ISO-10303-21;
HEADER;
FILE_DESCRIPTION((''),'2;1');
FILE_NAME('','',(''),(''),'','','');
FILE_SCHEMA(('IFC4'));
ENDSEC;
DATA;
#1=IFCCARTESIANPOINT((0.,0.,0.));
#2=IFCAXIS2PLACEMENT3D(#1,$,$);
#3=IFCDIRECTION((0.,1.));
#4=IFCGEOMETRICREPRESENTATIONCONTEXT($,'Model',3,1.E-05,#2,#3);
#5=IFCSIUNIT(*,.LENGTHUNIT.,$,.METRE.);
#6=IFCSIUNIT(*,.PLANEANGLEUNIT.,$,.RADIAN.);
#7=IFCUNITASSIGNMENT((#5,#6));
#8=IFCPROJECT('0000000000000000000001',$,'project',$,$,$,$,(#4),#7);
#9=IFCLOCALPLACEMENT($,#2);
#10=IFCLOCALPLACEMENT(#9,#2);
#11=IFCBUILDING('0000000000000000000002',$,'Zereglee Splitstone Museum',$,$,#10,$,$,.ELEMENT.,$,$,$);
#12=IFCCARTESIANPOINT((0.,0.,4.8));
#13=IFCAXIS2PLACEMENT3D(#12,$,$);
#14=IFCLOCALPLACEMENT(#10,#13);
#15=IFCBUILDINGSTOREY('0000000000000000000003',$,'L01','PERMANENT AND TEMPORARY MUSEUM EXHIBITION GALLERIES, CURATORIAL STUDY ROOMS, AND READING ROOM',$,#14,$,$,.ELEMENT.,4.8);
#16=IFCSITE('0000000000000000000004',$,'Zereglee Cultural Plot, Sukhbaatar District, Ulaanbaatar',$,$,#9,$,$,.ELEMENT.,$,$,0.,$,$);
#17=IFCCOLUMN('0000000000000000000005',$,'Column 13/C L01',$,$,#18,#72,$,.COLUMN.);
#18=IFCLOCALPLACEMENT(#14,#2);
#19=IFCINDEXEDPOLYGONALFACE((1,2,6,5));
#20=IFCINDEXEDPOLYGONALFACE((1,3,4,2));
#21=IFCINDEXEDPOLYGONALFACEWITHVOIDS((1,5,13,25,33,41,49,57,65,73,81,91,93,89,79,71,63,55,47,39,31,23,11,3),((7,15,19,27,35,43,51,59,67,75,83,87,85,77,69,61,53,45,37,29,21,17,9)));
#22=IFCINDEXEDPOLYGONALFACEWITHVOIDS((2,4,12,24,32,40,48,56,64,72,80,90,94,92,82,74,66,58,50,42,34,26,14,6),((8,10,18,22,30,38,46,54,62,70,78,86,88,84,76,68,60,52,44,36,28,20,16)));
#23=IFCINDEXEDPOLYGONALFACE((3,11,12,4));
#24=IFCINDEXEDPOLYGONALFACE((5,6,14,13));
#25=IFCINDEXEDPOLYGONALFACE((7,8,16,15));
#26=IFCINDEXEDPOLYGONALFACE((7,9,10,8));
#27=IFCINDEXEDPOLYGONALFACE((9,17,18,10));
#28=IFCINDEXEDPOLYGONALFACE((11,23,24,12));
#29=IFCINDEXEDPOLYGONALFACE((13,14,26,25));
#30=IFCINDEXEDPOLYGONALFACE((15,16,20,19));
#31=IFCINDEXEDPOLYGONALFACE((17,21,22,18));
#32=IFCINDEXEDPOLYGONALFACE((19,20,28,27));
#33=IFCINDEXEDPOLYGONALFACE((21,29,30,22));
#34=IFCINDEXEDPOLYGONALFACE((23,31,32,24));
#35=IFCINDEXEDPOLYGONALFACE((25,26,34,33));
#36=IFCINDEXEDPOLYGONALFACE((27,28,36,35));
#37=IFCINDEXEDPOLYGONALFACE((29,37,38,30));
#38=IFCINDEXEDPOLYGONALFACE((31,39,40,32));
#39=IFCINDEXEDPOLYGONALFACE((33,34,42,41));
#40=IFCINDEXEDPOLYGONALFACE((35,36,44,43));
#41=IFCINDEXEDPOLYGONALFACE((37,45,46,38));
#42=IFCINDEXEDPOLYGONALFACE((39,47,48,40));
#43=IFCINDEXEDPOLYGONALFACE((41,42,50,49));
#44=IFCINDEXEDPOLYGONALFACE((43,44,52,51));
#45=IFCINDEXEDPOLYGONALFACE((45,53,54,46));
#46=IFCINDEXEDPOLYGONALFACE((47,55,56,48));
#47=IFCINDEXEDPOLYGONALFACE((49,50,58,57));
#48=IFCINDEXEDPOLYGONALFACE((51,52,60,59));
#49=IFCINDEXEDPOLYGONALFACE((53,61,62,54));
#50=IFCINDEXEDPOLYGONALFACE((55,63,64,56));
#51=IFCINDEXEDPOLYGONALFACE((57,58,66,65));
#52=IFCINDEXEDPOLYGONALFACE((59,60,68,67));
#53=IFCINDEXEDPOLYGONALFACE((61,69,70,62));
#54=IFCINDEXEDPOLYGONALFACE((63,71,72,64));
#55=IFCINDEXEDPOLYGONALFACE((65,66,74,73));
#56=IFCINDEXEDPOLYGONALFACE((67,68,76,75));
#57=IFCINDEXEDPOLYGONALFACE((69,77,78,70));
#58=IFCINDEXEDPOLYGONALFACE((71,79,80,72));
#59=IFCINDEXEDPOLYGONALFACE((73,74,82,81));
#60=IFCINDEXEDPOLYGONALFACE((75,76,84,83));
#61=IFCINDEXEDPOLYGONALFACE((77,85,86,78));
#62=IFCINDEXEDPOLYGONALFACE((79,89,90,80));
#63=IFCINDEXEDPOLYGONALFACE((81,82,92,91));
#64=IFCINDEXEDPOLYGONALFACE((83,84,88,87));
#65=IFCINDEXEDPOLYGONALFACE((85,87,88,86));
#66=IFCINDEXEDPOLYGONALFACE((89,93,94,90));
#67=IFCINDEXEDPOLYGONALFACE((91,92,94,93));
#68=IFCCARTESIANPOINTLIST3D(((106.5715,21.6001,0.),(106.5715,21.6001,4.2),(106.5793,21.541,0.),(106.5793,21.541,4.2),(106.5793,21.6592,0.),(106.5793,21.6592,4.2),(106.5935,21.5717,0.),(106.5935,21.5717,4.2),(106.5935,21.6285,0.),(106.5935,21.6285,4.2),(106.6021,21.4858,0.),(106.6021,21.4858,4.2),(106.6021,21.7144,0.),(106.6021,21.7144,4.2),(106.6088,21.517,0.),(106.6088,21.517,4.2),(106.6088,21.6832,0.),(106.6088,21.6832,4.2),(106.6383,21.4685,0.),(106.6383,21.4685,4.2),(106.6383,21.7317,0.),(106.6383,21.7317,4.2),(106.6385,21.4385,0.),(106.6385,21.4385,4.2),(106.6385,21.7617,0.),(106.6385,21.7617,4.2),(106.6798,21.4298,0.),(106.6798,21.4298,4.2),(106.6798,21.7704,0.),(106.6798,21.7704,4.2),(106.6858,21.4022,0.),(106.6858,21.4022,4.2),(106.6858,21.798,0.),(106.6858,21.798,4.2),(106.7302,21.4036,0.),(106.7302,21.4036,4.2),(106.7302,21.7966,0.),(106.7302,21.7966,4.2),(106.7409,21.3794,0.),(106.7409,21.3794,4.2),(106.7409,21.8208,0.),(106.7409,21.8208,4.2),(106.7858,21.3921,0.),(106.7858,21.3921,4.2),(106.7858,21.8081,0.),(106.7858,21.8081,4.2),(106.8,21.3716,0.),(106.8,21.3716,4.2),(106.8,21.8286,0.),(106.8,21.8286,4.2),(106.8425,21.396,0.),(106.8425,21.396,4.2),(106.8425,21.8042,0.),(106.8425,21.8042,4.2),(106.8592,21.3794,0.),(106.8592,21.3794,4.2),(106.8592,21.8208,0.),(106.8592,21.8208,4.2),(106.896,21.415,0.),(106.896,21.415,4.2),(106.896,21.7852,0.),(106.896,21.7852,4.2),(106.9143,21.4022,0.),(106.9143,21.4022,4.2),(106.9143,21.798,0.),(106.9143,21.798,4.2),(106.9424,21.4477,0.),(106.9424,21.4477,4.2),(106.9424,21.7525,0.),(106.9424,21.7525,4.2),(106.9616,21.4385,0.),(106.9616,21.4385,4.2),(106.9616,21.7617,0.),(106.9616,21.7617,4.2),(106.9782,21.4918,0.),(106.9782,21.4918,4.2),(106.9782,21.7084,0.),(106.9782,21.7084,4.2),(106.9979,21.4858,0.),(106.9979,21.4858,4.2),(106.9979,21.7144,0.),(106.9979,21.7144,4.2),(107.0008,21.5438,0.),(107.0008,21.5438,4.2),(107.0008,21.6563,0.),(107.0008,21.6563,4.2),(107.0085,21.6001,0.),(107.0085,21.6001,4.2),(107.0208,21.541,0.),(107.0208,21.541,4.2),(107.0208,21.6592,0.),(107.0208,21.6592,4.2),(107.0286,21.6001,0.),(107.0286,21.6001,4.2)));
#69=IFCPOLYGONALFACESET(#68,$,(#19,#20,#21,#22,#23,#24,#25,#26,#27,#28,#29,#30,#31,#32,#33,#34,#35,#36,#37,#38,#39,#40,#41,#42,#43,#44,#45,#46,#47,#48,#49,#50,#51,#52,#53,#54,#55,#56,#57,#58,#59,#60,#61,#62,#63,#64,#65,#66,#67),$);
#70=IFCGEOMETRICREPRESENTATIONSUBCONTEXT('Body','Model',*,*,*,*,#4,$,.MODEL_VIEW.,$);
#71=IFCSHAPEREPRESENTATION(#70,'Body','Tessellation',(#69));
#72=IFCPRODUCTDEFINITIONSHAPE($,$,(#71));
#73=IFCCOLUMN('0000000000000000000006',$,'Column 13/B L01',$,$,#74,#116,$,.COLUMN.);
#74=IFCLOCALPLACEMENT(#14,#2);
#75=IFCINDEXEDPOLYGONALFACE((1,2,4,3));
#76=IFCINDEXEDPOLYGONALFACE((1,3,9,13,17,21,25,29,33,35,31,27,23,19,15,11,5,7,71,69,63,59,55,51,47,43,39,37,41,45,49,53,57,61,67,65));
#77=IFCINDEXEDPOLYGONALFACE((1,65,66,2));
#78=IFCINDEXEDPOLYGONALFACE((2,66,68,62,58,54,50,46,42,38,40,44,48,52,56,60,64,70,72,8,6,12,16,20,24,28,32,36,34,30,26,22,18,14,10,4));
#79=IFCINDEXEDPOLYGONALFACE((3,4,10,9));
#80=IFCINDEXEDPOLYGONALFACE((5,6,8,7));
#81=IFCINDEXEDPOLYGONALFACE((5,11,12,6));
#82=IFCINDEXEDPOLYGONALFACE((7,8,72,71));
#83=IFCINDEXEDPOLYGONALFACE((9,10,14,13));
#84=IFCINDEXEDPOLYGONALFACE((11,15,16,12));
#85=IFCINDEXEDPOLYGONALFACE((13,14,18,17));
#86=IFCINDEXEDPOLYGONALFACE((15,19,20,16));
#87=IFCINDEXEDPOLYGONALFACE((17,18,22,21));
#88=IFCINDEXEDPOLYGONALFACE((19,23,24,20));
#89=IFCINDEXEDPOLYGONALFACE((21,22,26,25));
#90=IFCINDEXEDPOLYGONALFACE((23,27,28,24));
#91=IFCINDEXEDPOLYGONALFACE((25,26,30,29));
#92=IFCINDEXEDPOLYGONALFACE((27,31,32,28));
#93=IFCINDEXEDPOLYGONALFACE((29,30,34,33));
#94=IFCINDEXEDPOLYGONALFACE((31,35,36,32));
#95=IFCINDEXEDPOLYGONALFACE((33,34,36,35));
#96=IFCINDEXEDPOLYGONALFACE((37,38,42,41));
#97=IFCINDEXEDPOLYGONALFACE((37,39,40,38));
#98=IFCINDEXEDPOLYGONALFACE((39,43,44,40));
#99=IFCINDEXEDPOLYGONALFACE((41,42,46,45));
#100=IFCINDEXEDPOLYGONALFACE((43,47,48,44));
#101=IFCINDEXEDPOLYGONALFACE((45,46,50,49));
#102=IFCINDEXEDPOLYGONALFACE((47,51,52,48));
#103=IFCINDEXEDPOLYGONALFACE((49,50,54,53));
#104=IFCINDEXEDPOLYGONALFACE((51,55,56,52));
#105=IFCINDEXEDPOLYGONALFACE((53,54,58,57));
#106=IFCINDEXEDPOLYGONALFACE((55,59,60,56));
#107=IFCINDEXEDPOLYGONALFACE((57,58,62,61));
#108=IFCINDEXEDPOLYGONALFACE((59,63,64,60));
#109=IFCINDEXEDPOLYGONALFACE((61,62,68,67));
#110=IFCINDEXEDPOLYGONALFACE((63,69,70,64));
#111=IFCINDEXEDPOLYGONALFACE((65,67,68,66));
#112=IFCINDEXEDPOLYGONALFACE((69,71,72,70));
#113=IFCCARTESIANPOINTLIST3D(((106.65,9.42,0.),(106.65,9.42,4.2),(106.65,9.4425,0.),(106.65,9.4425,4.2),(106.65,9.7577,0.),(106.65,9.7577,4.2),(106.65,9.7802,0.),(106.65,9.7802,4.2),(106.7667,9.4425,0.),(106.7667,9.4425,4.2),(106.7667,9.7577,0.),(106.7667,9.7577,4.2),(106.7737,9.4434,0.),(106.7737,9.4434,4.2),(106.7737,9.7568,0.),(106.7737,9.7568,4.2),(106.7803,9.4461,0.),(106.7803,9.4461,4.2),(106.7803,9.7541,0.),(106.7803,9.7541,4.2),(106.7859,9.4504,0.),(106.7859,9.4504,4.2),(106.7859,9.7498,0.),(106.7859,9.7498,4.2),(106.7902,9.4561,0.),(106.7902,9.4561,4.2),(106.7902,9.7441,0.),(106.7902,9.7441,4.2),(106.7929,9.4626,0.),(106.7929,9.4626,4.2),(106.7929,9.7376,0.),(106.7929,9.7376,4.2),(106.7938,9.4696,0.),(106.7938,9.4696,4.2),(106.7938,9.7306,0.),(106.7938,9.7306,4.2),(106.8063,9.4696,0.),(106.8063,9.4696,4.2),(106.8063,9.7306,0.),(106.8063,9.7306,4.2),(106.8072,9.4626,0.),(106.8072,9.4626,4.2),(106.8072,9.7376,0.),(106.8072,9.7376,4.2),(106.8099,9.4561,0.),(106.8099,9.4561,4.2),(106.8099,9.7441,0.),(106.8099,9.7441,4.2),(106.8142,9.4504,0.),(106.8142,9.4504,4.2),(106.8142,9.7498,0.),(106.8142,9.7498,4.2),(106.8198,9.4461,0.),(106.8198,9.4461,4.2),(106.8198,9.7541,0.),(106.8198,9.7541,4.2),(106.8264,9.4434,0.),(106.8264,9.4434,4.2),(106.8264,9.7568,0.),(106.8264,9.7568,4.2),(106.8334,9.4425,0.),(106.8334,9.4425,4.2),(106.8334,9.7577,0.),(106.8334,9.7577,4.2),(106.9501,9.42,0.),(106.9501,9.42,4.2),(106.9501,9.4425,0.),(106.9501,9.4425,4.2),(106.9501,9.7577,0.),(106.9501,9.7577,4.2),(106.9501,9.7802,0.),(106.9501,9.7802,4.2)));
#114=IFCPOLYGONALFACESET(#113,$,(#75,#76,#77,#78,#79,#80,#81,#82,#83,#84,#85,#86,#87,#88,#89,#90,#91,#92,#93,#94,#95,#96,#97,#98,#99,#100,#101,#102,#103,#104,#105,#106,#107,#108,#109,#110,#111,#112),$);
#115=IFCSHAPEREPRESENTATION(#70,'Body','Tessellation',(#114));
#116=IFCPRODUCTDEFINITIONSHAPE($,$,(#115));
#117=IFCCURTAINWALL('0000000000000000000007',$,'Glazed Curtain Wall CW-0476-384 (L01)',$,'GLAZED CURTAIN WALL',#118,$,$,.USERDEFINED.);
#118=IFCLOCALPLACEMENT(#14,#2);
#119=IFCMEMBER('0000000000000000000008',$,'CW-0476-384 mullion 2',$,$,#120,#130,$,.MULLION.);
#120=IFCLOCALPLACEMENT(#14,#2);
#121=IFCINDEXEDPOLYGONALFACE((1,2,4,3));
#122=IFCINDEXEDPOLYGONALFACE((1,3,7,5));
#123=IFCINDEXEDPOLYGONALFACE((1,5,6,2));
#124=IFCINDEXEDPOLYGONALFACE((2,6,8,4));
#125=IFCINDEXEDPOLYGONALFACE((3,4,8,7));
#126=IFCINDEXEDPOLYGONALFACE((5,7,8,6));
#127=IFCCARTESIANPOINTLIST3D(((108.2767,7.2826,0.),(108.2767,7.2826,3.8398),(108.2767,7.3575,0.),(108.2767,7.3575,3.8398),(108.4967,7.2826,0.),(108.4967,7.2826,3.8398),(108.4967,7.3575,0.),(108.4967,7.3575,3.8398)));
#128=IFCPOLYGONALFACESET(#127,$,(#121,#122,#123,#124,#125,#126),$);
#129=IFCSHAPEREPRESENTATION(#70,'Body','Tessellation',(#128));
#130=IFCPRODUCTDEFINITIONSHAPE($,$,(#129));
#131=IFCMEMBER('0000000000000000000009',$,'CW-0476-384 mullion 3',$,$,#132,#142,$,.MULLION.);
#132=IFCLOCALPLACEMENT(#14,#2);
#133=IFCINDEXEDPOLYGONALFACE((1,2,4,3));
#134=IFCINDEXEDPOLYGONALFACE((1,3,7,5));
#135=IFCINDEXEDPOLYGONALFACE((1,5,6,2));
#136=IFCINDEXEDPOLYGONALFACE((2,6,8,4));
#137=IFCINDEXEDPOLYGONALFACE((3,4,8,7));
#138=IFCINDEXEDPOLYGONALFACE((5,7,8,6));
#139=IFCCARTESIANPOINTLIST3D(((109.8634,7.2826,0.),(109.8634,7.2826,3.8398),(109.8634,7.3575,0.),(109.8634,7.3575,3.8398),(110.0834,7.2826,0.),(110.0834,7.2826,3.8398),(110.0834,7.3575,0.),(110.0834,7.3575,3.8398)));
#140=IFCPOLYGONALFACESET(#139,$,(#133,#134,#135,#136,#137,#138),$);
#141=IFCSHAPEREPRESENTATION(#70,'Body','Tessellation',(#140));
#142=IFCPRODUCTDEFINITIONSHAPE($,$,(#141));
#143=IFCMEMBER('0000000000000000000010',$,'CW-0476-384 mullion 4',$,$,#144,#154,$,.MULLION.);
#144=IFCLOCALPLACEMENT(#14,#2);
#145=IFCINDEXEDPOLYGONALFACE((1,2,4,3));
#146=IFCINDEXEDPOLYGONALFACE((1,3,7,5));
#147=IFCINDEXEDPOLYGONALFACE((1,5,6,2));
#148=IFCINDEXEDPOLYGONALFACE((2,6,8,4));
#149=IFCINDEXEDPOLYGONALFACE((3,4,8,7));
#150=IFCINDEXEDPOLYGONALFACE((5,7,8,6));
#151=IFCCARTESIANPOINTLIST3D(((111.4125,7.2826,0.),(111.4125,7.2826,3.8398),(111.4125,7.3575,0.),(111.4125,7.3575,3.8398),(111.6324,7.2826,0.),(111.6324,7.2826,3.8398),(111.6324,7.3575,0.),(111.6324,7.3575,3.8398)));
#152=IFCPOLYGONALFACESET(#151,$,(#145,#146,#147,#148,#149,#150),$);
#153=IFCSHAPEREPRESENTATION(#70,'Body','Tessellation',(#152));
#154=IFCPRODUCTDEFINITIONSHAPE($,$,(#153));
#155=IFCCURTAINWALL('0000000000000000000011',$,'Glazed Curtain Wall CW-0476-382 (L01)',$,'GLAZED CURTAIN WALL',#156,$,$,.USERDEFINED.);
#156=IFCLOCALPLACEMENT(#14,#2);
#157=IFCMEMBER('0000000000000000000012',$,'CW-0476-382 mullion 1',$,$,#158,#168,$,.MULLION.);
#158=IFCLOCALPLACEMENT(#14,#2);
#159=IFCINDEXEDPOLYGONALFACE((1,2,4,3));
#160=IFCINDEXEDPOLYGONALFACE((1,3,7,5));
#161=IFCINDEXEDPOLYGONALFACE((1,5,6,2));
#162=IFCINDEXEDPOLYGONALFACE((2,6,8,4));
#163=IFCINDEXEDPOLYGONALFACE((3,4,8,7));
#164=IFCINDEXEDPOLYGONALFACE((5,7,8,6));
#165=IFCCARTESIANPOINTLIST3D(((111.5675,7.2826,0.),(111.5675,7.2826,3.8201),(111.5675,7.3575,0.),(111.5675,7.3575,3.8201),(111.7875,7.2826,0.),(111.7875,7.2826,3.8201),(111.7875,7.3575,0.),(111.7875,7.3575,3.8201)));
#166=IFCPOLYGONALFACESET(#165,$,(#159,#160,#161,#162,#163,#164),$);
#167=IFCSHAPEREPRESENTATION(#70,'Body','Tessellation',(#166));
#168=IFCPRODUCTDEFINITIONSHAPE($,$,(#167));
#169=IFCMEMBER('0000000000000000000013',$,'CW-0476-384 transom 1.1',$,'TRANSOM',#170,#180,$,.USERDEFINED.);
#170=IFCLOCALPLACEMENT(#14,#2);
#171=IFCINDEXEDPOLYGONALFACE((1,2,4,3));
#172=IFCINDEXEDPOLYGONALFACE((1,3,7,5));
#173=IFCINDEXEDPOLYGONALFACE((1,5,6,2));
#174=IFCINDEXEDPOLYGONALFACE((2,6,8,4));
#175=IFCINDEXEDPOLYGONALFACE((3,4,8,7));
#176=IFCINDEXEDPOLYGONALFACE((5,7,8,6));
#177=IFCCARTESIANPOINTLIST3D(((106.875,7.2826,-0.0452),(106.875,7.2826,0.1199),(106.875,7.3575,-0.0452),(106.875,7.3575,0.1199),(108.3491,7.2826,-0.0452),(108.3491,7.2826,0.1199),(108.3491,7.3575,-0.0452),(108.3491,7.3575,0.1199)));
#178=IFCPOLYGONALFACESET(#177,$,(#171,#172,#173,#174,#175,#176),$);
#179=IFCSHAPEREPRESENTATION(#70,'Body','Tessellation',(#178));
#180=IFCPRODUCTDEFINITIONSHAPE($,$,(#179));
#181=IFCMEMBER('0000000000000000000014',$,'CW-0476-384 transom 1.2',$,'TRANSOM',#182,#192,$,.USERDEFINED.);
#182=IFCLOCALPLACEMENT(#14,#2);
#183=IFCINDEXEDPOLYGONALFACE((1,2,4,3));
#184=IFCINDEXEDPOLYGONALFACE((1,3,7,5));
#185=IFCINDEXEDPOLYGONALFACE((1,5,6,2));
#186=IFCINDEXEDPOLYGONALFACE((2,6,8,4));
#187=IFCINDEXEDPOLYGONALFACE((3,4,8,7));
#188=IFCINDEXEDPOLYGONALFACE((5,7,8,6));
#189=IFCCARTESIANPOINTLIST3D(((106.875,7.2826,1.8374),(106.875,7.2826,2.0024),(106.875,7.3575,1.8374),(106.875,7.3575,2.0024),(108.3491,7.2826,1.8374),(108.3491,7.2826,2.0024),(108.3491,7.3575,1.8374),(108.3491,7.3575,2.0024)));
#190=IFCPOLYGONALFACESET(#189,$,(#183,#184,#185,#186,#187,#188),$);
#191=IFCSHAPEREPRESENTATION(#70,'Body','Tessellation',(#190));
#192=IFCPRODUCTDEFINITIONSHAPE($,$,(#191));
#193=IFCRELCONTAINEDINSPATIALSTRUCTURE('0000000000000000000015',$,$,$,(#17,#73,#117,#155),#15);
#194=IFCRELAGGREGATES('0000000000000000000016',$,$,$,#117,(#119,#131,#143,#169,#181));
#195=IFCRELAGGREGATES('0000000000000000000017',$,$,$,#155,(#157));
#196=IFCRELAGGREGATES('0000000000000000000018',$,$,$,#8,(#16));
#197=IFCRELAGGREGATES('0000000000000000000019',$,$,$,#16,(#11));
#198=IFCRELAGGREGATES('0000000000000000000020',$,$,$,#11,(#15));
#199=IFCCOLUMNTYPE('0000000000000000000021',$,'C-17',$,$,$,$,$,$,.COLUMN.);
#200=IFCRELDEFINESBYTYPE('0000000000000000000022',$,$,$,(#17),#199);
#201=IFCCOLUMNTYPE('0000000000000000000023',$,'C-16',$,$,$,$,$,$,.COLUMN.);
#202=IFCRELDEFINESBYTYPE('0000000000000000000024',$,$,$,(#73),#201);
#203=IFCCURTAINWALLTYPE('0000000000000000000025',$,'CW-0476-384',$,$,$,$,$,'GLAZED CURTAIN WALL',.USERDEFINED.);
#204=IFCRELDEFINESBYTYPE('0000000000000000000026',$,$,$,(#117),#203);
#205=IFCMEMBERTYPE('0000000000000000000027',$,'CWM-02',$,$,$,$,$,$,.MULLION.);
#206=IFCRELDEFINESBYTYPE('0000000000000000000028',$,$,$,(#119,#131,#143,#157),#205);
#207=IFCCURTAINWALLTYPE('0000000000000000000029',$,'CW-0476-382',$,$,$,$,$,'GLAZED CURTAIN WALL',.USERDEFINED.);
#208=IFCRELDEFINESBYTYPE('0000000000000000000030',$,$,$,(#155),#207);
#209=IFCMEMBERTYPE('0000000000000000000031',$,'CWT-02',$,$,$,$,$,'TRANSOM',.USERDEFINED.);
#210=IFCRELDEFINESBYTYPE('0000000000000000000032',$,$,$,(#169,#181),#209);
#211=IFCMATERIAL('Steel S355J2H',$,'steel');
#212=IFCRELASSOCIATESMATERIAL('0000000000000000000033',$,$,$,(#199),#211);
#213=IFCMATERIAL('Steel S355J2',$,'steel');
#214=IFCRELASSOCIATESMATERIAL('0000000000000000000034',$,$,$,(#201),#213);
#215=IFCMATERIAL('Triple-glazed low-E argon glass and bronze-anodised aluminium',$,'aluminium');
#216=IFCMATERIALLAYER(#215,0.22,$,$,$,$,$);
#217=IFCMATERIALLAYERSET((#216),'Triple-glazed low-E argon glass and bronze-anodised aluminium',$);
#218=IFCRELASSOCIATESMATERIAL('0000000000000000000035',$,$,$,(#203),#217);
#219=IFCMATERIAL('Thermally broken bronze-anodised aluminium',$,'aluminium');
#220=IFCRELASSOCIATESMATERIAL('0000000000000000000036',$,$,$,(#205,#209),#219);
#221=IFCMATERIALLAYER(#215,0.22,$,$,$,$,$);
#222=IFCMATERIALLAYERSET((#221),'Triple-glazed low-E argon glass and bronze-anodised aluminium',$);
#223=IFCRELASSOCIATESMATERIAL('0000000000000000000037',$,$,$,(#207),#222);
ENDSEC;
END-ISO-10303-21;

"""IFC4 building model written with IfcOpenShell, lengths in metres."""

from ifc_helpers import new_model, si_unit, direction, frame, origin, origin_2d, place, context, subcontext, project, spatial, rectangle, hollow_circle, i_section, extrude, material, layer, layer_set, material_profile, profile_set, type_object, element, aggregate, save


model = new_model("IFC4")

# Units and contexts
model_context = context("Model", 3, precision=1e-05, world=origin(), true_north=direction((0.0, 1.0)))
body_context = subcontext(model_context, "Body", "Model", "MODEL_VIEW")
ifc_project = project(units=[si_unit("LENGTHUNIT", "METRE"), si_unit("PLANEANGLEUNIT", "RADIAN")], contexts=[model_context])

# Site, building, storey
site_placement = place(None, origin())
site = spatial("IfcSite", under=ifc_project, at=site_placement, Name="Zereglee Cultural Plot, Sukhbaatar District, Ulaanbaatar", CompositionType="ELEMENT", RefElevation=0.0)
building_placement = place(site_placement, origin())
building = spatial("IfcBuilding", under=site, at=building_placement, Name="Zereglee Splitstone Museum", CompositionType="ELEMENT")
storey_placement = place(building_placement, frame((0.0, 0.0, 4.8)))
storey = spatial("IfcBuildingStorey", under=building, at=storey_placement, Name="L01", Description="PERMANENT AND TEMPORARY MUSEUM EXHIBITION GALLERIES, CURATORIAL STUDY ROOMS, AND READING ROOM", CompositionType="ELEMENT", Elevation=4.8)

# Columns
ifc_material_1 = material(Name="Steel S355J2H", Category="steel")
ifc_material_profile_1 = material_profile(ifc_material_1, hollow_circle(Radius=0.2285, WallThickness=0.02, at=origin_2d()), Name="CHS 457.0x20")
ifc_profile_set_1 = profile_set([ifc_material_profile_1], Name="Steel S355J2H")
column_type_1 = type_object("IfcColumnType", Name="C-17", PredefinedType="COLUMN", material=ifc_profile_set_1)
column_1_placement = place(storey_placement, frame((106.8, 21.6001, 0.0), z_axis=(0.0, 0.0, 1.0), x_axis=(1.0, 0.0, 0.0)))
element("IfcColumn", 1, at=column_1_placement, inside=storey, type_object=column_type_1, Name="Column 13/C L01", PredefinedType="COLUMN", context=body_context, shape_type="SweptSolid", body=[
    extrude(hollow_circle(Radius=0.2285, WallThickness=0.02, at=origin_2d()), origin(), (0.0, 0.0, 1.0), 4.2),
])
ifc_material_2 = material(Name="Steel S355J2", Category="steel")
ifc_material_profile_2 = material_profile(ifc_material_2, i_section(OverallWidth=0.3, OverallDepth=0.3601, WebThickness=0.0125, FlangeThickness=0.0225, FilletRadius=0.0271, at=origin_2d()), Name="HE 360 B")
ifc_profile_set_2 = profile_set([ifc_material_profile_2], Name="Steel S355J2")
column_type_2 = type_object("IfcColumnType", Name="C-16", PredefinedType="COLUMN", material=ifc_profile_set_2)
column_2_placement = place(storey_placement, frame((106.8, 9.6001, 0.0), z_axis=(0.0, 0.0, 1.0), x_axis=(1.0, 0.0, 0.0)))
element("IfcColumn", 2, at=column_2_placement, inside=storey, type_object=column_type_2, Name="Column 13/B L01", PredefinedType="COLUMN", context=body_context, shape_type="SweptSolid", body=[
    extrude(i_section(OverallWidth=0.3, OverallDepth=0.3601, WebThickness=0.0125, FlangeThickness=0.0225, FilletRadius=0.0271, at=origin_2d()), origin(), (0.0, 0.0, 1.0), 4.2),
])

# Curtain wall, members
ifc_material_3 = material(Name="Triple-glazed low-E argon glass and bronze-anodised aluminium", Category="aluminium")
ifc_layer_1 = layer(ifc_material_3, 0.22)
ifc_layer_set_1 = layer_set([ifc_layer_1], Name="Triple-glazed low-E argon glass and bronze-anodised aluminium")
curtain_wall_type_1 = type_object("IfcCurtainWallType", Name="CW-0476-384", ElementType="GLAZED CURTAIN WALL", PredefinedType="USERDEFINED", material=ifc_layer_set_1)
curtain_wall_1_placement = place(storey_placement, origin())
curtain_wall_1 = element("IfcCurtainWall", 3, at=curtain_wall_1_placement, inside=storey, type_object=curtain_wall_type_1, Name="Glazed Curtain Wall CW-0476-384 (L01)", ObjectType="GLAZED CURTAIN WALL", PredefinedType="USERDEFINED")
ifc_material_4 = material(Name="Thermally broken bronze-anodised aluminium", Category="aluminium")
ifc_material_profile_3 = material_profile(ifc_material_4, rectangle(XDim=0.075, YDim=0.22, at=origin_2d()), Name="CW MULL 75x220")
ifc_profile_set_3 = profile_set([ifc_material_profile_3], Name="Thermally broken bronze-anodised aluminium")
member_type_1 = type_object("IfcMemberType", Name="CWM-02", PredefinedType="MULLION", material=ifc_profile_set_3)
member_1_placement = place(storey_placement, frame((108.3867, 7.3201, 0.0), z_axis=(0.0, 0.0, 1.0), x_axis=(0.0, 1.0, 0.0)))
member_1 = element("IfcMember", 4, at=member_1_placement, type_object=member_type_1, Name="CW-0476-384 mullion 2", PredefinedType="MULLION", context=body_context, shape_type="SweptSolid", body=[
    extrude(rectangle(XDim=0.075, YDim=0.22, at=origin_2d()), origin(), (0.0, 0.0, 1.0), 3.8398),
])
member_2_placement = place(storey_placement, frame((109.9734, 7.3201, 0.0), z_axis=(0.0, 0.0, 1.0), x_axis=(0.0, 1.0, 0.0)))
member_2 = element("IfcMember", 5, at=member_2_placement, type_object=member_type_1, Name="CW-0476-384 mullion 3", PredefinedType="MULLION", context=body_context, shape_type="SweptSolid", body=[
    extrude(rectangle(XDim=0.075, YDim=0.22, at=origin_2d()), origin(), (0.0, 0.0, 1.0), 3.8398),
])
member_3_placement = place(storey_placement, frame((111.5225, 7.3201, 0.0), z_axis=(0.0, 0.0, 1.0), x_axis=(0.0, 1.0, 0.0)))
member_3 = element("IfcMember", 6, at=member_3_placement, type_object=member_type_1, Name="CW-0476-384 mullion 4", PredefinedType="MULLION", context=body_context, shape_type="SweptSolid", body=[
    extrude(rectangle(XDim=0.075, YDim=0.22, at=origin_2d()), origin(), (0.0, 0.0, 1.0), 3.8398),
])

# Curtain wall, member
ifc_layer_2 = layer(ifc_material_3, 0.22)
ifc_layer_set_2 = layer_set([ifc_layer_2], Name="Triple-glazed low-E argon glass and bronze-anodised aluminium")
curtain_wall_type_2 = type_object("IfcCurtainWallType", Name="CW-0476-382", ElementType="GLAZED CURTAIN WALL", PredefinedType="USERDEFINED", material=ifc_layer_set_2)
curtain_wall_2_placement = place(storey_placement, origin())
curtain_wall_2 = element("IfcCurtainWall", 7, at=curtain_wall_2_placement, inside=storey, type_object=curtain_wall_type_2, Name="Glazed Curtain Wall CW-0476-382 (L01)", ObjectType="GLAZED CURTAIN WALL", PredefinedType="USERDEFINED")
member_4_placement = place(storey_placement, frame((111.6775, 7.3201, 0.0), z_axis=(0.0, 0.0, 1.0), x_axis=(0.0, 1.0, 0.0)))
member_4 = element("IfcMember", 8, at=member_4_placement, type_object=member_type_1, Name="CW-0476-382 mullion 1", PredefinedType="MULLION", context=body_context, shape_type="SweptSolid", body=[
    extrude(rectangle(XDim=0.075, YDim=0.22, at=origin_2d()), origin(), (0.0, 0.0, 1.0), 3.8201),
])

# Members
ifc_material_profile_4 = material_profile(ifc_material_4, rectangle(XDim=0.075, YDim=0.165, at=origin_2d()), Name="CW TRAN 75x165")
ifc_profile_set_4 = profile_set([ifc_material_profile_4], Name="Thermally broken bronze-anodised aluminium")
member_type_2 = type_object("IfcMemberType", Name="CWT-02", ElementType="TRANSOM", PredefinedType="USERDEFINED", material=ifc_profile_set_4)
member_5_placement = place(storey_placement, frame((106.875, 7.3201, 0.0374), z_axis=(1.0, 0.0, 0.0), x_axis=(0.0, 1.0, 0.0)))
member_5 = element("IfcMember", 9, at=member_5_placement, type_object=member_type_2, Name="CW-0476-384 transom 1.1", ObjectType="TRANSOM", PredefinedType="USERDEFINED", context=body_context, shape_type="SweptSolid", body=[
    extrude(rectangle(XDim=0.075, YDim=0.165, at=origin_2d()), origin(), (0.0, 0.0, 1.0), 1.4741),
])
member_6_placement = place(storey_placement, frame((106.875, 7.3201, 1.9199), z_axis=(1.0, 0.0, 0.0), x_axis=(0.0, 1.0, 0.0)))
member_6 = element("IfcMember", 10, at=member_6_placement, type_object=member_type_2, Name="CW-0476-384 transom 1.2", ObjectType="TRANSOM", PredefinedType="USERDEFINED", context=body_context, shape_type="SweptSolid", body=[
    extrude(rectangle(XDim=0.075, YDim=0.165, at=origin_2d()), origin(), (0.0, 0.0, 1.0), 1.4741),
])

aggregate(curtain_wall_1, [member_1, member_2, member_3, member_5, member_6])
aggregate(curtain_wall_2, [member_4])

save(model, "model.ifc")
